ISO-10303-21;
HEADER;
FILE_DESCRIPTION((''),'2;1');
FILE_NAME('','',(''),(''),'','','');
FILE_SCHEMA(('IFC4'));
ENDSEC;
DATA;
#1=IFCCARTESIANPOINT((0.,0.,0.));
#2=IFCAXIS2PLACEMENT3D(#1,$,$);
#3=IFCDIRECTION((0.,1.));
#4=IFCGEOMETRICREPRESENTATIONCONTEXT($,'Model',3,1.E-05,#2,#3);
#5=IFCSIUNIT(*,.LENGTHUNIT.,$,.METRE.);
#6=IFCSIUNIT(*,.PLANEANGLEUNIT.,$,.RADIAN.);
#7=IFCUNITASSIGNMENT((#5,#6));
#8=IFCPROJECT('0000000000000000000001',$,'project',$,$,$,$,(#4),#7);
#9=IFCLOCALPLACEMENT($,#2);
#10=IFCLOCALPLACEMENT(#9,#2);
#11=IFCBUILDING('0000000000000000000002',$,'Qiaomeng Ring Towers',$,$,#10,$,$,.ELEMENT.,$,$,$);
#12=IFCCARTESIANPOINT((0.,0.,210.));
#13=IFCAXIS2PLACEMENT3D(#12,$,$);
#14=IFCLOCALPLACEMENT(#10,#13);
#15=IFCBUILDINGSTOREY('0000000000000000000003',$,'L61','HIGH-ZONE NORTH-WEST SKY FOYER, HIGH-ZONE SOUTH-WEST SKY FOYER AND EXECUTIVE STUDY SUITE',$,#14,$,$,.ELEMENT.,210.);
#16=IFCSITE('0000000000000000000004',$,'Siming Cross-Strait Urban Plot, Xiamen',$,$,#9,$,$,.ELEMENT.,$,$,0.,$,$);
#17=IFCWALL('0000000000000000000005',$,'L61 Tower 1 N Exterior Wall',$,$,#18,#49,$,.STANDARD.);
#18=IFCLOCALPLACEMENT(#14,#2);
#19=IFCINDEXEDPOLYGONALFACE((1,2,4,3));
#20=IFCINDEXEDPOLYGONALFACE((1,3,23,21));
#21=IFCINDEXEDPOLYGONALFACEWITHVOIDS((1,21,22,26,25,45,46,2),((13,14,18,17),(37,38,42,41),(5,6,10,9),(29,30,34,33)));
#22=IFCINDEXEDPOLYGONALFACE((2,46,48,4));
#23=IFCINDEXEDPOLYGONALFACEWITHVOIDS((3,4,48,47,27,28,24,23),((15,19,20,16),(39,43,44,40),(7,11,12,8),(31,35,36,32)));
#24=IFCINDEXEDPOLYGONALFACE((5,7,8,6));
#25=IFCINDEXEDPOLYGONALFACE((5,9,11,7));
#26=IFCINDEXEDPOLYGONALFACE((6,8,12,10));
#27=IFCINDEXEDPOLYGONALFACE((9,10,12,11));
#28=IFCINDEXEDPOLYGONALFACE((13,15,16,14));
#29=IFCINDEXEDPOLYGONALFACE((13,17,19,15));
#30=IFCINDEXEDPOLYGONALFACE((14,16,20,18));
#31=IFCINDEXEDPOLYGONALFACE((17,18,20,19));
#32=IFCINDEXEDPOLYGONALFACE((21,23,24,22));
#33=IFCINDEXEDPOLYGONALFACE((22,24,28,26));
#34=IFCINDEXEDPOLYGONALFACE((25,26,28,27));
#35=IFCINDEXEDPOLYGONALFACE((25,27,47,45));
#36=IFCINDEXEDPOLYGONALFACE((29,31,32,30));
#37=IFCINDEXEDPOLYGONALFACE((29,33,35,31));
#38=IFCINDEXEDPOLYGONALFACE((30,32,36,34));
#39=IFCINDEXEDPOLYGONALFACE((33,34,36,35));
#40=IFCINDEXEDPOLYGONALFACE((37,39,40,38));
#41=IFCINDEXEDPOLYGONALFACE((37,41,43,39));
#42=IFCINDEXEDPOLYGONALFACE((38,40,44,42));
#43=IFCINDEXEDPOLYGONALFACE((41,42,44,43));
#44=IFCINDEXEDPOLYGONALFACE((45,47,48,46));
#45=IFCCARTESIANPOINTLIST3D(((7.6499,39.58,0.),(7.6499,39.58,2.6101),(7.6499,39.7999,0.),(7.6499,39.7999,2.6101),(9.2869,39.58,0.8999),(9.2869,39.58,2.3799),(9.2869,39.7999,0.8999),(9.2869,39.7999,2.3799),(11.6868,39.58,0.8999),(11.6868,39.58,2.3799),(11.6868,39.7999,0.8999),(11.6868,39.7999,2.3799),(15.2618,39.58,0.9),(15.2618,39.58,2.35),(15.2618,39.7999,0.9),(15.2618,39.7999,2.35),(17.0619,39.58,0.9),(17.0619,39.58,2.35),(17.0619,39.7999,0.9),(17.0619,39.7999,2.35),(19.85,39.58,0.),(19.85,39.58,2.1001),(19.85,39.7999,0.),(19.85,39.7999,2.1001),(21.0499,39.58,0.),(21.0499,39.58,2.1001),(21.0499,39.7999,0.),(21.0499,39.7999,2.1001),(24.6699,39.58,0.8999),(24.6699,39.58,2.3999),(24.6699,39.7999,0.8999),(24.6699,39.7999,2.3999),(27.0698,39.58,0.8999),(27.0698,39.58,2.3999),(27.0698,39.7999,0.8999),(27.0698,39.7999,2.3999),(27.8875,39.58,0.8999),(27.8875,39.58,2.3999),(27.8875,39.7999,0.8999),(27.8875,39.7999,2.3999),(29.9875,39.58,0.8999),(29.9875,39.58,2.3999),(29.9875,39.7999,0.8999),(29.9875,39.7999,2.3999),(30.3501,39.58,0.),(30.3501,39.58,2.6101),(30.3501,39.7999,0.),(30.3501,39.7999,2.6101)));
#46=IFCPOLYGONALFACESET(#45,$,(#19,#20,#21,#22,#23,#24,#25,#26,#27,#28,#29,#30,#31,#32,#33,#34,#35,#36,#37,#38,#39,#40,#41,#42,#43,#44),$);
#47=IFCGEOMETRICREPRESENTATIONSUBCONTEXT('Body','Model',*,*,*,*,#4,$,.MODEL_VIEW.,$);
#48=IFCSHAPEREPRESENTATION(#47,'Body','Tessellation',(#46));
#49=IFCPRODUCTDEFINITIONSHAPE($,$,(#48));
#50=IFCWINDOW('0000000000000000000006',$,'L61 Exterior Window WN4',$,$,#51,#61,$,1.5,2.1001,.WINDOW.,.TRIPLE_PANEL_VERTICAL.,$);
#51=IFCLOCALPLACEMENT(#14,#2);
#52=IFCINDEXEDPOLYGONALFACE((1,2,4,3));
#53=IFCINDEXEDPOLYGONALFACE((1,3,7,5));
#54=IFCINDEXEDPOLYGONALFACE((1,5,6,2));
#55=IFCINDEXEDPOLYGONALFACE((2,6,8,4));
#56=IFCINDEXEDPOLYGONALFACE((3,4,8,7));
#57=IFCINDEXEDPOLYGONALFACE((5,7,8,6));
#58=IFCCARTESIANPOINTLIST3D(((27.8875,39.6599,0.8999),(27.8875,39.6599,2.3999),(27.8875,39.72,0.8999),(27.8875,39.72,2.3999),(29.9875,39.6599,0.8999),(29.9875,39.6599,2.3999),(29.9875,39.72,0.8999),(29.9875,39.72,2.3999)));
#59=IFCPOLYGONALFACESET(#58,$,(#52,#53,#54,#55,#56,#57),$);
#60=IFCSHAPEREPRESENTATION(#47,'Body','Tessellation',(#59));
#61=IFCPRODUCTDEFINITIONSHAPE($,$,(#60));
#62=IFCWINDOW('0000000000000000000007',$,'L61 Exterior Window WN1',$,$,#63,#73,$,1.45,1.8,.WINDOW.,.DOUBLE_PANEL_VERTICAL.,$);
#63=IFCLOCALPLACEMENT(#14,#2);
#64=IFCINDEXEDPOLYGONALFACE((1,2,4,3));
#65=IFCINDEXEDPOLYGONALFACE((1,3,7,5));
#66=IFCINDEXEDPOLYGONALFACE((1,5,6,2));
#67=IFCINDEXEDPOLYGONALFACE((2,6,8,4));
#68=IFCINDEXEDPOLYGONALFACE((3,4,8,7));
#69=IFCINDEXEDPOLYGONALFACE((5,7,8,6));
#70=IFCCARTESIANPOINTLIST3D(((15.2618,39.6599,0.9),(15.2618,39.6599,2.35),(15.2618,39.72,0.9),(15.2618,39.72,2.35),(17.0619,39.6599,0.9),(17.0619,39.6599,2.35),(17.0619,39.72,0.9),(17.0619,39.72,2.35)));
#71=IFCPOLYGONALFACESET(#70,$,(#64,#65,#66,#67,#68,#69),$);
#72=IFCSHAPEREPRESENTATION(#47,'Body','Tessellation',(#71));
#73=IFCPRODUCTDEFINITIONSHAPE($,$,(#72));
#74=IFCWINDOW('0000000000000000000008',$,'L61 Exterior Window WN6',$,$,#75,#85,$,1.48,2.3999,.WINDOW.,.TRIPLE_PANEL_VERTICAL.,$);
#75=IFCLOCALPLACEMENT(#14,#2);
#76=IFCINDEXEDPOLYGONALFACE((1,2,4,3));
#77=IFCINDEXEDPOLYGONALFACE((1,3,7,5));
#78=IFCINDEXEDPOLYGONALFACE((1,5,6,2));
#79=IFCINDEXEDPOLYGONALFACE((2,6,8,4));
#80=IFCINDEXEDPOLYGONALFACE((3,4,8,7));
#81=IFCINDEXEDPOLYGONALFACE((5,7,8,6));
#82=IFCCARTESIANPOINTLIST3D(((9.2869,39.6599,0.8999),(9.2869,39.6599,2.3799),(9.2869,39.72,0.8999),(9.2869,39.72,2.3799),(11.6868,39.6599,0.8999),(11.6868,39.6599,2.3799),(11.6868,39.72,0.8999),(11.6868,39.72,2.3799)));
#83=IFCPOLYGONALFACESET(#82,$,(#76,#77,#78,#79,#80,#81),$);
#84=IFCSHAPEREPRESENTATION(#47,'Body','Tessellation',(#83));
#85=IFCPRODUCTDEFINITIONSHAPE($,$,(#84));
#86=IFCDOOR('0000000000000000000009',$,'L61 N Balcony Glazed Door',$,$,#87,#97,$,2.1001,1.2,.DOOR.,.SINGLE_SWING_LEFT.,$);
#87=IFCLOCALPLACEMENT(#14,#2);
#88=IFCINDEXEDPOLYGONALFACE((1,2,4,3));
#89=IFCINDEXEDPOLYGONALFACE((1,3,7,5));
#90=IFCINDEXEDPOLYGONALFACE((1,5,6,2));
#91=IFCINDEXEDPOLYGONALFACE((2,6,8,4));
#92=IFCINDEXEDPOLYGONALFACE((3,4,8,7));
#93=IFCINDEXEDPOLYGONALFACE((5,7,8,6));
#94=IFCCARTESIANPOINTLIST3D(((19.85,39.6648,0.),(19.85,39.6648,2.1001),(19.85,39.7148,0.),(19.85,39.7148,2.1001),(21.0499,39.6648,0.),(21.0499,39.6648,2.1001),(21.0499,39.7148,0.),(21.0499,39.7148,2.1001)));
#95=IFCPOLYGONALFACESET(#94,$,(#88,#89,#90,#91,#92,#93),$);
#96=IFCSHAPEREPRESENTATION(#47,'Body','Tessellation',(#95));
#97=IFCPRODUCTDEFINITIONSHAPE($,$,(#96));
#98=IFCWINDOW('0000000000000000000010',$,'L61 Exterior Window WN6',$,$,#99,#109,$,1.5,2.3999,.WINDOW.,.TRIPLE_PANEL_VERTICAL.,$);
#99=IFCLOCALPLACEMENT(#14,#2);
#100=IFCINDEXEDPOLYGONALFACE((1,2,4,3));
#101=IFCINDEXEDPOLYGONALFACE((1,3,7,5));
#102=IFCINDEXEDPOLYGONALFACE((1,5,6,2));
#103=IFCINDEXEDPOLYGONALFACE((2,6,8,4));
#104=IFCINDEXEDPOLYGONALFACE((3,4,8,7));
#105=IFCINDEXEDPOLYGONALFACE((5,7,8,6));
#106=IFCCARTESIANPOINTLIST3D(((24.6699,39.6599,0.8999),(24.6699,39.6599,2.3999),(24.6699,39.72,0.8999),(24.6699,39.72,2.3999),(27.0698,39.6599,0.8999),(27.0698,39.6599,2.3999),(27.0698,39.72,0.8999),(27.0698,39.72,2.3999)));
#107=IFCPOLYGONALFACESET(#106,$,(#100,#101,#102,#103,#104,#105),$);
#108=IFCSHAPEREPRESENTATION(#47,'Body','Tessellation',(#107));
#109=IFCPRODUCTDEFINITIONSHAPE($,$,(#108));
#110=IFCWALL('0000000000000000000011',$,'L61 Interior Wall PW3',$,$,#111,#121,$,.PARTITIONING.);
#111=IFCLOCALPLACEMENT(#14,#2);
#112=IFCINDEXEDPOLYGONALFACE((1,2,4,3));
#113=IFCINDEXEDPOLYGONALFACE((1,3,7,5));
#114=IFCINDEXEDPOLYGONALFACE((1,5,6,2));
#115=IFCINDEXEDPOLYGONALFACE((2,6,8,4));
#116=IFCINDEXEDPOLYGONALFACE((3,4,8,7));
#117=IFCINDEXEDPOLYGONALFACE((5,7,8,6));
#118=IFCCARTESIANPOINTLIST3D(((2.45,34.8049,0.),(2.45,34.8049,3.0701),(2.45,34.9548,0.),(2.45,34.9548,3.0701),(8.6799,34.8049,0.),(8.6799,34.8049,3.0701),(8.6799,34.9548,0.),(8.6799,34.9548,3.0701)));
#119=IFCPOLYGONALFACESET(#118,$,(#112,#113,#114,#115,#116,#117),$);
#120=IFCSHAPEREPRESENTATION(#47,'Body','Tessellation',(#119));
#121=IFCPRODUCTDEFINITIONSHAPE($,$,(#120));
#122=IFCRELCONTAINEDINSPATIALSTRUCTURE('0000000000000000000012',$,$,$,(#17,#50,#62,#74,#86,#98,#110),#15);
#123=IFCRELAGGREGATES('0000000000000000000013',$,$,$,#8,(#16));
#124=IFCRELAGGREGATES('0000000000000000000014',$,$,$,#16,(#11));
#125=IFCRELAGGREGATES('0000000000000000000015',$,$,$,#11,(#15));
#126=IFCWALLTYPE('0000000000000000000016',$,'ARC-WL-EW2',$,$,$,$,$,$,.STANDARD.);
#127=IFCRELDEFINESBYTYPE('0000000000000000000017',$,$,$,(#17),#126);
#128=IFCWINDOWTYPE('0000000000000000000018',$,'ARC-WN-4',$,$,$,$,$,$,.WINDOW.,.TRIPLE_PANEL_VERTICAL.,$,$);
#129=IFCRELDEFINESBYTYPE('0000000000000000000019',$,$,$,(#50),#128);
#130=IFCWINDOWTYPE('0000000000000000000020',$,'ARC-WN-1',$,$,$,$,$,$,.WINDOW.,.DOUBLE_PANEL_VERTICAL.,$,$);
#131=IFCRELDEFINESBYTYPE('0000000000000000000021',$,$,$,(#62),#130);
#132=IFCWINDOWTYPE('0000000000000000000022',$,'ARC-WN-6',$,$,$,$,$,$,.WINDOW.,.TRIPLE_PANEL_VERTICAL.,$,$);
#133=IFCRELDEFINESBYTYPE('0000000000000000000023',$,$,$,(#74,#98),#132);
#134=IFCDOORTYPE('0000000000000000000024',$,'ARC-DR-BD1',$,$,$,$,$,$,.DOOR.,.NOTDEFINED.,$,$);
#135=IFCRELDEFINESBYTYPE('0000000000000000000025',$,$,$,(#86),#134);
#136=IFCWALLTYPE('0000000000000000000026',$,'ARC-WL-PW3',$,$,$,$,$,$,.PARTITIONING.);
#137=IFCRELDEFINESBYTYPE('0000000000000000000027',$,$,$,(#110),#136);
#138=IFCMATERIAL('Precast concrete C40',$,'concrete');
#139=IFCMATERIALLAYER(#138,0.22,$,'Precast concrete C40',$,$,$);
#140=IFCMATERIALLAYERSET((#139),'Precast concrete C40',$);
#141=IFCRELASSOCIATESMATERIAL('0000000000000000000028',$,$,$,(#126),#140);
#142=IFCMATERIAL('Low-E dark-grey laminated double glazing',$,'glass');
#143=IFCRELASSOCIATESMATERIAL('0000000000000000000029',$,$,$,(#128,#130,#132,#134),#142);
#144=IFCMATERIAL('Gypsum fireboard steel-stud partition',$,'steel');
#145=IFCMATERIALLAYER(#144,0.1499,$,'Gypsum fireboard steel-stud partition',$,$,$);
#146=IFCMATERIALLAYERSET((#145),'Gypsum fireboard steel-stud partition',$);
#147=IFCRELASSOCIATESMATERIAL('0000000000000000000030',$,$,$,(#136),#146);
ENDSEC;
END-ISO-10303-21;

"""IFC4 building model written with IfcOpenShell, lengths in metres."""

from ifc_helpers import new_model, si_unit, direction, frame, frame_2d, origin, place, context, subcontext, project, spatial, rectangle, extrude, source, transform, mapped, material, layer, layer_set, type_object, element, fill, save


model = new_model("IFC4")

# Units and contexts
model_context = context("Model", 3, precision=1e-05, world=origin(), true_north=direction((0.0, 1.0)))
body_context = subcontext(model_context, "Body", "Model", "MODEL_VIEW")
ifc_project = project(units=[si_unit("LENGTHUNIT", "METRE"), si_unit("PLANEANGLEUNIT", "RADIAN")], contexts=[model_context])

# Site, building, storey
site_placement = place(None, origin())
site = spatial("IfcSite", under=ifc_project, at=site_placement, Name="Siming Cross-Strait Urban Plot, Xiamen", CompositionType="ELEMENT", RefElevation=0.0)
building_placement = place(site_placement, origin())
building = spatial("IfcBuilding", under=site, at=building_placement, Name="Qiaomeng Ring Towers", CompositionType="ELEMENT")
storey_placement = place(building_placement, frame((0.0, 0.0, 210.0)))
storey = spatial("IfcBuildingStorey", under=building, at=storey_placement, Name="L61", Description="HIGH-ZONE NORTH-WEST SKY FOYER, HIGH-ZONE SOUTH-WEST SKY FOYER AND EXECUTIVE STUDY SUITE", CompositionType="ELEMENT", Elevation=210.0)

# Shared definitions
ifc_material_1 = material(Name="Low-E dark-grey laminated double glazing", Category="glass")

# Wall, openings, windows, door
ifc_material_2 = material(Name="Precast concrete C40", Category="concrete")
ifc_layer_1 = layer(ifc_material_2, 0.22, Name="Precast concrete C40")
ifc_layer_set_1 = layer_set([ifc_layer_1], Name="Precast concrete C40")
wall_type_1 = type_object("IfcWallType", Name="ARC-WL-EW2", PredefinedType="STANDARD", material=ifc_layer_set_1)
wall_1_placement = place(storey_placement, frame((7.6499, 39.6899, 0.0), z_axis=(0.0, 0.0, 1.0), x_axis=(1.0, 0.0, 0.0)))
wall_1 = element("IfcWall", 1, at=wall_1_placement, inside=storey, type_object=wall_type_1, Name="L61 Tower 1 N Exterior Wall", PredefinedType="STANDARD", context=body_context, shape_type="SweptSolid", body=[
    extrude(rectangle(XDim=22.7002, YDim=0.22, at=frame_2d((11.3501, 0.0))), origin(), (0.0, 0.0, 1.0), 2.6101),
])
opening_1_placement = place(wall_1_placement, frame((12.2, 0.0, 0.0)))
opening_1 = element("IfcOpeningElement", 2, at=opening_1_placement, cuts=wall_1, PredefinedType="OPENING", context=body_context, shape_type="SweptSolid", body=[
    extrude(rectangle(XDim=1.2, YDim=2.1001, at=frame_2d((0.6001, 1.05))), frame((0.0, 0.1199, 0.0), z_axis=(0.0, -1.0, 0.0), x_axis=(1.0, 0.0, 0.0)), (0.0, 0.0, 1.0), 0.24),
])
opening_2_placement = place(wall_1_placement, frame((1.637, 0.0, 0.8999)))
opening_2 = element("IfcOpeningElement", 3, at=opening_2_placement, cuts=wall_1, PredefinedType="OPENING", context=body_context, shape_type="SweptSolid", body=[
    extrude(rectangle(XDim=2.3999, YDim=1.48, at=frame_2d((1.2, 0.74))), frame((0.0, 0.1199, 0.0), z_axis=(0.0, -1.0, 0.0), x_axis=(1.0, 0.0, 0.0)), (0.0, 0.0, 1.0), 0.24),
])
opening_3_placement = place(wall_1_placement, frame((7.6121, 0.0, 0.8999)))
opening_3 = element("IfcOpeningElement", 4, at=opening_3_placement, cuts=wall_1, PredefinedType="OPENING", context=body_context, shape_type="SweptSolid", body=[
    extrude(rectangle(XDim=1.8, YDim=1.45, at=frame_2d((0.8999, 0.7251))), frame((0.0, 0.1199, 0.0), z_axis=(0.0, -1.0, 0.0), x_axis=(1.0, 0.0, 0.0)), (0.0, 0.0, 1.0), 0.24),
])
opening_4_placement = place(wall_1_placement, frame((20.2375, 0.0, 0.8999)))
opening_4 = element("IfcOpeningElement", 5, at=opening_4_placement, cuts=wall_1, PredefinedType="OPENING", context=body_context, shape_type="SweptSolid", body=[
    extrude(rectangle(XDim=2.1001, YDim=1.5, at=frame_2d((1.05, 0.75))), frame((0.0, 0.1199, 0.0), z_axis=(0.0, -1.0, 0.0), x_axis=(1.0, 0.0, 0.0)), (0.0, 0.0, 1.0), 0.24),
])
opening_5_placement = place(wall_1_placement, frame((17.02, 0.0, 0.8999)))
opening_5 = element("IfcOpeningElement", 6, at=opening_5_placement, cuts=wall_1, PredefinedType="OPENING", context=body_context, shape_type="SweptSolid", body=[
    extrude(rectangle(XDim=2.3999, YDim=1.5, at=frame_2d((1.2, 0.75))), frame((0.0, 0.1199, 0.0), z_axis=(0.0, -1.0, 0.0), x_axis=(1.0, 0.0, 0.0)), (0.0, 0.0, 1.0), 0.24),
])
window_type_1 = type_object("IfcWindowType", Name="ARC-WN-4", PartitioningType="TRIPLE_PANEL_VERTICAL", PredefinedType="WINDOW", material=ifc_material_1)
shared_shape_1 = source(origin(), body_context, "Body", "SweptSolid", [
    extrude(rectangle(XDim=2.1001, YDim=1.5, at=frame_2d((1.05, 0.75))), frame((0.0, 0.03, 0.0), z_axis=(0.0, -1.0, 0.0), x_axis=(1.0, 0.0, 0.0)), (0.0, 0.0, 1.0), 0.0601),
])
window_1_placement = place(opening_4_placement, origin())
window_1 = element("IfcWindow", 7, at=window_1_placement, inside=storey, type_object=window_type_1, Name="L61 Exterior Window WN4", OverallHeight=1.5, OverallWidth=2.1001, PartitioningType="TRIPLE_PANEL_VERTICAL", PredefinedType="WINDOW", context=body_context, shape_type="MappedRepresentation", body=[
    mapped(shared_shape_1, transform((0.0, 0.0, 0.0), x_axis=(1.0, 0.0, 0.0), y_axis=(0.0, 1.0, 0.0), z_axis=(0.0, 0.0, 1.0), scale=1.0)),
])
fill(opening_4, window_1)
window_type_2 = type_object("IfcWindowType", Name="ARC-WN-1", PartitioningType="DOUBLE_PANEL_VERTICAL", PredefinedType="WINDOW", material=ifc_material_1)
shared_shape_2 = source(origin(), body_context, "Body", "SweptSolid", [
    extrude(rectangle(XDim=1.8, YDim=1.45, at=frame_2d((0.8999, 0.7251))), frame((0.0, 0.03, 0.0), z_axis=(0.0, -1.0, 0.0), x_axis=(1.0, 0.0, 0.0)), (0.0, 0.0, 1.0), 0.0601),
])
window_2_placement = place(opening_3_placement, origin())
window_2 = element("IfcWindow", 8, at=window_2_placement, inside=storey, type_object=window_type_2, Name="L61 Exterior Window WN1", OverallHeight=1.45, OverallWidth=1.8, PartitioningType="DOUBLE_PANEL_VERTICAL", PredefinedType="WINDOW", context=body_context, shape_type="MappedRepresentation", body=[
    mapped(shared_shape_2, transform((0.0, 0.0, 0.0), x_axis=(1.0, 0.0, 0.0), y_axis=(0.0, 1.0, 0.0), z_axis=(0.0, 0.0, 1.0), scale=1.0)),
])
fill(opening_3, window_2)
window_type_3 = type_object("IfcWindowType", Name="ARC-WN-6", PartitioningType="TRIPLE_PANEL_VERTICAL", PredefinedType="WINDOW", material=ifc_material_1)
shared_shape_3 = source(origin(), body_context, "Body", "SweptSolid", [
    extrude(rectangle(XDim=2.3999, YDim=1.48, at=frame_2d((1.2, 0.74))), frame((0.0, 0.03, 0.0), z_axis=(0.0, -1.0, 0.0), x_axis=(1.0, 0.0, 0.0)), (0.0, 0.0, 1.0), 0.0601),
])
window_3_placement = place(opening_2_placement, origin())
window_3 = element("IfcWindow", 9, at=window_3_placement, inside=storey, type_object=window_type_3, Name="L61 Exterior Window WN6", OverallHeight=1.48, OverallWidth=2.3999, PartitioningType="TRIPLE_PANEL_VERTICAL", PredefinedType="WINDOW", context=body_context, shape_type="MappedRepresentation", body=[
    mapped(shared_shape_3, transform((0.0, 0.0, 0.0), x_axis=(1.0, 0.0, 0.0), y_axis=(0.0, 1.0, 0.0), z_axis=(0.0, 0.0, 1.0), scale=1.0)),
])
fill(opening_2, window_3)
door_type_1 = type_object("IfcDoorType", Name="ARC-DR-BD1", OperationType="NOTDEFINED", PredefinedType="DOOR", material=ifc_material_1)
shared_shape_4 = source(origin(), body_context, "Body", "SweptSolid", [
    extrude(rectangle(XDim=1.2, YDim=2.1001, at=frame_2d((0.6001, 1.05))), frame((0.0, 0.0249, 0.0), z_axis=(0.0, -1.0, 0.0), x_axis=(1.0, 0.0, 0.0)), (0.0, 0.0, 1.0), 0.05),
])
door_1_placement = place(opening_1_placement, origin())
door_1 = element("IfcDoor", 10, at=door_1_placement, inside=storey, type_object=door_type_1, Name="L61 N Balcony Glazed Door", OperationType="SINGLE_SWING_LEFT", OverallHeight=2.1001, OverallWidth=1.2, PredefinedType="DOOR", context=body_context, shape_type="MappedRepresentation", body=[
    mapped(shared_shape_4, transform((0.0, 0.0, 0.0), x_axis=(1.0, 0.0, 0.0), y_axis=(0.0, 1.0, 0.0), z_axis=(0.0, 0.0, 1.0), scale=1.0)),
])
fill(opening_1, door_1)
shared_shape_5 = source(origin(), body_context, "Body", "SweptSolid", [
    extrude(rectangle(XDim=2.3999, YDim=1.5, at=frame_2d((1.2, 0.75))), frame((0.0, 0.03, 0.0), z_axis=(0.0, -1.0, 0.0), x_axis=(1.0, 0.0, 0.0)), (0.0, 0.0, 1.0), 0.0601),
])
window_4_placement = place(opening_5_placement, origin())
window_4 = element("IfcWindow", 11, at=window_4_placement, inside=storey, type_object=window_type_3, Name="L61 Exterior Window WN6", OverallHeight=1.5, OverallWidth=2.3999, PartitioningType="TRIPLE_PANEL_VERTICAL", PredefinedType="WINDOW", context=body_context, shape_type="MappedRepresentation", body=[
    mapped(shared_shape_5, transform((0.0, 0.0, 0.0), x_axis=(1.0, 0.0, 0.0), y_axis=(0.0, 1.0, 0.0), z_axis=(0.0, 0.0, 1.0), scale=1.0)),
])
fill(opening_5, window_4)

# Wall
ifc_material_3 = material(Name="Gypsum fireboard steel-stud partition", Category="steel")
ifc_layer_2 = layer(ifc_material_3, 0.1499, Name="Gypsum fireboard steel-stud partition")
ifc_layer_set_2 = layer_set([ifc_layer_2], Name="Gypsum fireboard steel-stud partition")
wall_type_2 = type_object("IfcWallType", Name="ARC-WL-PW3", PredefinedType="PARTITIONING", material=ifc_layer_set_2)
wall_2_placement = place(storey_placement, frame((2.45, 34.8799, 0.0), z_axis=(0.0, 0.0, 1.0), x_axis=(1.0, 0.0, 0.0)))
element("IfcWall", 12, at=wall_2_placement, inside=storey, type_object=wall_type_2, Name="L61 Interior Wall PW3", PredefinedType="PARTITIONING", context=body_context, shape_type="SweptSolid", body=[
    extrude(rectangle(XDim=6.23, YDim=0.1499, at=frame_2d((3.115, 0.0))), origin(), (0.0, 0.0, 1.0), 3.0701),
])

save(model, "model.ifc")
